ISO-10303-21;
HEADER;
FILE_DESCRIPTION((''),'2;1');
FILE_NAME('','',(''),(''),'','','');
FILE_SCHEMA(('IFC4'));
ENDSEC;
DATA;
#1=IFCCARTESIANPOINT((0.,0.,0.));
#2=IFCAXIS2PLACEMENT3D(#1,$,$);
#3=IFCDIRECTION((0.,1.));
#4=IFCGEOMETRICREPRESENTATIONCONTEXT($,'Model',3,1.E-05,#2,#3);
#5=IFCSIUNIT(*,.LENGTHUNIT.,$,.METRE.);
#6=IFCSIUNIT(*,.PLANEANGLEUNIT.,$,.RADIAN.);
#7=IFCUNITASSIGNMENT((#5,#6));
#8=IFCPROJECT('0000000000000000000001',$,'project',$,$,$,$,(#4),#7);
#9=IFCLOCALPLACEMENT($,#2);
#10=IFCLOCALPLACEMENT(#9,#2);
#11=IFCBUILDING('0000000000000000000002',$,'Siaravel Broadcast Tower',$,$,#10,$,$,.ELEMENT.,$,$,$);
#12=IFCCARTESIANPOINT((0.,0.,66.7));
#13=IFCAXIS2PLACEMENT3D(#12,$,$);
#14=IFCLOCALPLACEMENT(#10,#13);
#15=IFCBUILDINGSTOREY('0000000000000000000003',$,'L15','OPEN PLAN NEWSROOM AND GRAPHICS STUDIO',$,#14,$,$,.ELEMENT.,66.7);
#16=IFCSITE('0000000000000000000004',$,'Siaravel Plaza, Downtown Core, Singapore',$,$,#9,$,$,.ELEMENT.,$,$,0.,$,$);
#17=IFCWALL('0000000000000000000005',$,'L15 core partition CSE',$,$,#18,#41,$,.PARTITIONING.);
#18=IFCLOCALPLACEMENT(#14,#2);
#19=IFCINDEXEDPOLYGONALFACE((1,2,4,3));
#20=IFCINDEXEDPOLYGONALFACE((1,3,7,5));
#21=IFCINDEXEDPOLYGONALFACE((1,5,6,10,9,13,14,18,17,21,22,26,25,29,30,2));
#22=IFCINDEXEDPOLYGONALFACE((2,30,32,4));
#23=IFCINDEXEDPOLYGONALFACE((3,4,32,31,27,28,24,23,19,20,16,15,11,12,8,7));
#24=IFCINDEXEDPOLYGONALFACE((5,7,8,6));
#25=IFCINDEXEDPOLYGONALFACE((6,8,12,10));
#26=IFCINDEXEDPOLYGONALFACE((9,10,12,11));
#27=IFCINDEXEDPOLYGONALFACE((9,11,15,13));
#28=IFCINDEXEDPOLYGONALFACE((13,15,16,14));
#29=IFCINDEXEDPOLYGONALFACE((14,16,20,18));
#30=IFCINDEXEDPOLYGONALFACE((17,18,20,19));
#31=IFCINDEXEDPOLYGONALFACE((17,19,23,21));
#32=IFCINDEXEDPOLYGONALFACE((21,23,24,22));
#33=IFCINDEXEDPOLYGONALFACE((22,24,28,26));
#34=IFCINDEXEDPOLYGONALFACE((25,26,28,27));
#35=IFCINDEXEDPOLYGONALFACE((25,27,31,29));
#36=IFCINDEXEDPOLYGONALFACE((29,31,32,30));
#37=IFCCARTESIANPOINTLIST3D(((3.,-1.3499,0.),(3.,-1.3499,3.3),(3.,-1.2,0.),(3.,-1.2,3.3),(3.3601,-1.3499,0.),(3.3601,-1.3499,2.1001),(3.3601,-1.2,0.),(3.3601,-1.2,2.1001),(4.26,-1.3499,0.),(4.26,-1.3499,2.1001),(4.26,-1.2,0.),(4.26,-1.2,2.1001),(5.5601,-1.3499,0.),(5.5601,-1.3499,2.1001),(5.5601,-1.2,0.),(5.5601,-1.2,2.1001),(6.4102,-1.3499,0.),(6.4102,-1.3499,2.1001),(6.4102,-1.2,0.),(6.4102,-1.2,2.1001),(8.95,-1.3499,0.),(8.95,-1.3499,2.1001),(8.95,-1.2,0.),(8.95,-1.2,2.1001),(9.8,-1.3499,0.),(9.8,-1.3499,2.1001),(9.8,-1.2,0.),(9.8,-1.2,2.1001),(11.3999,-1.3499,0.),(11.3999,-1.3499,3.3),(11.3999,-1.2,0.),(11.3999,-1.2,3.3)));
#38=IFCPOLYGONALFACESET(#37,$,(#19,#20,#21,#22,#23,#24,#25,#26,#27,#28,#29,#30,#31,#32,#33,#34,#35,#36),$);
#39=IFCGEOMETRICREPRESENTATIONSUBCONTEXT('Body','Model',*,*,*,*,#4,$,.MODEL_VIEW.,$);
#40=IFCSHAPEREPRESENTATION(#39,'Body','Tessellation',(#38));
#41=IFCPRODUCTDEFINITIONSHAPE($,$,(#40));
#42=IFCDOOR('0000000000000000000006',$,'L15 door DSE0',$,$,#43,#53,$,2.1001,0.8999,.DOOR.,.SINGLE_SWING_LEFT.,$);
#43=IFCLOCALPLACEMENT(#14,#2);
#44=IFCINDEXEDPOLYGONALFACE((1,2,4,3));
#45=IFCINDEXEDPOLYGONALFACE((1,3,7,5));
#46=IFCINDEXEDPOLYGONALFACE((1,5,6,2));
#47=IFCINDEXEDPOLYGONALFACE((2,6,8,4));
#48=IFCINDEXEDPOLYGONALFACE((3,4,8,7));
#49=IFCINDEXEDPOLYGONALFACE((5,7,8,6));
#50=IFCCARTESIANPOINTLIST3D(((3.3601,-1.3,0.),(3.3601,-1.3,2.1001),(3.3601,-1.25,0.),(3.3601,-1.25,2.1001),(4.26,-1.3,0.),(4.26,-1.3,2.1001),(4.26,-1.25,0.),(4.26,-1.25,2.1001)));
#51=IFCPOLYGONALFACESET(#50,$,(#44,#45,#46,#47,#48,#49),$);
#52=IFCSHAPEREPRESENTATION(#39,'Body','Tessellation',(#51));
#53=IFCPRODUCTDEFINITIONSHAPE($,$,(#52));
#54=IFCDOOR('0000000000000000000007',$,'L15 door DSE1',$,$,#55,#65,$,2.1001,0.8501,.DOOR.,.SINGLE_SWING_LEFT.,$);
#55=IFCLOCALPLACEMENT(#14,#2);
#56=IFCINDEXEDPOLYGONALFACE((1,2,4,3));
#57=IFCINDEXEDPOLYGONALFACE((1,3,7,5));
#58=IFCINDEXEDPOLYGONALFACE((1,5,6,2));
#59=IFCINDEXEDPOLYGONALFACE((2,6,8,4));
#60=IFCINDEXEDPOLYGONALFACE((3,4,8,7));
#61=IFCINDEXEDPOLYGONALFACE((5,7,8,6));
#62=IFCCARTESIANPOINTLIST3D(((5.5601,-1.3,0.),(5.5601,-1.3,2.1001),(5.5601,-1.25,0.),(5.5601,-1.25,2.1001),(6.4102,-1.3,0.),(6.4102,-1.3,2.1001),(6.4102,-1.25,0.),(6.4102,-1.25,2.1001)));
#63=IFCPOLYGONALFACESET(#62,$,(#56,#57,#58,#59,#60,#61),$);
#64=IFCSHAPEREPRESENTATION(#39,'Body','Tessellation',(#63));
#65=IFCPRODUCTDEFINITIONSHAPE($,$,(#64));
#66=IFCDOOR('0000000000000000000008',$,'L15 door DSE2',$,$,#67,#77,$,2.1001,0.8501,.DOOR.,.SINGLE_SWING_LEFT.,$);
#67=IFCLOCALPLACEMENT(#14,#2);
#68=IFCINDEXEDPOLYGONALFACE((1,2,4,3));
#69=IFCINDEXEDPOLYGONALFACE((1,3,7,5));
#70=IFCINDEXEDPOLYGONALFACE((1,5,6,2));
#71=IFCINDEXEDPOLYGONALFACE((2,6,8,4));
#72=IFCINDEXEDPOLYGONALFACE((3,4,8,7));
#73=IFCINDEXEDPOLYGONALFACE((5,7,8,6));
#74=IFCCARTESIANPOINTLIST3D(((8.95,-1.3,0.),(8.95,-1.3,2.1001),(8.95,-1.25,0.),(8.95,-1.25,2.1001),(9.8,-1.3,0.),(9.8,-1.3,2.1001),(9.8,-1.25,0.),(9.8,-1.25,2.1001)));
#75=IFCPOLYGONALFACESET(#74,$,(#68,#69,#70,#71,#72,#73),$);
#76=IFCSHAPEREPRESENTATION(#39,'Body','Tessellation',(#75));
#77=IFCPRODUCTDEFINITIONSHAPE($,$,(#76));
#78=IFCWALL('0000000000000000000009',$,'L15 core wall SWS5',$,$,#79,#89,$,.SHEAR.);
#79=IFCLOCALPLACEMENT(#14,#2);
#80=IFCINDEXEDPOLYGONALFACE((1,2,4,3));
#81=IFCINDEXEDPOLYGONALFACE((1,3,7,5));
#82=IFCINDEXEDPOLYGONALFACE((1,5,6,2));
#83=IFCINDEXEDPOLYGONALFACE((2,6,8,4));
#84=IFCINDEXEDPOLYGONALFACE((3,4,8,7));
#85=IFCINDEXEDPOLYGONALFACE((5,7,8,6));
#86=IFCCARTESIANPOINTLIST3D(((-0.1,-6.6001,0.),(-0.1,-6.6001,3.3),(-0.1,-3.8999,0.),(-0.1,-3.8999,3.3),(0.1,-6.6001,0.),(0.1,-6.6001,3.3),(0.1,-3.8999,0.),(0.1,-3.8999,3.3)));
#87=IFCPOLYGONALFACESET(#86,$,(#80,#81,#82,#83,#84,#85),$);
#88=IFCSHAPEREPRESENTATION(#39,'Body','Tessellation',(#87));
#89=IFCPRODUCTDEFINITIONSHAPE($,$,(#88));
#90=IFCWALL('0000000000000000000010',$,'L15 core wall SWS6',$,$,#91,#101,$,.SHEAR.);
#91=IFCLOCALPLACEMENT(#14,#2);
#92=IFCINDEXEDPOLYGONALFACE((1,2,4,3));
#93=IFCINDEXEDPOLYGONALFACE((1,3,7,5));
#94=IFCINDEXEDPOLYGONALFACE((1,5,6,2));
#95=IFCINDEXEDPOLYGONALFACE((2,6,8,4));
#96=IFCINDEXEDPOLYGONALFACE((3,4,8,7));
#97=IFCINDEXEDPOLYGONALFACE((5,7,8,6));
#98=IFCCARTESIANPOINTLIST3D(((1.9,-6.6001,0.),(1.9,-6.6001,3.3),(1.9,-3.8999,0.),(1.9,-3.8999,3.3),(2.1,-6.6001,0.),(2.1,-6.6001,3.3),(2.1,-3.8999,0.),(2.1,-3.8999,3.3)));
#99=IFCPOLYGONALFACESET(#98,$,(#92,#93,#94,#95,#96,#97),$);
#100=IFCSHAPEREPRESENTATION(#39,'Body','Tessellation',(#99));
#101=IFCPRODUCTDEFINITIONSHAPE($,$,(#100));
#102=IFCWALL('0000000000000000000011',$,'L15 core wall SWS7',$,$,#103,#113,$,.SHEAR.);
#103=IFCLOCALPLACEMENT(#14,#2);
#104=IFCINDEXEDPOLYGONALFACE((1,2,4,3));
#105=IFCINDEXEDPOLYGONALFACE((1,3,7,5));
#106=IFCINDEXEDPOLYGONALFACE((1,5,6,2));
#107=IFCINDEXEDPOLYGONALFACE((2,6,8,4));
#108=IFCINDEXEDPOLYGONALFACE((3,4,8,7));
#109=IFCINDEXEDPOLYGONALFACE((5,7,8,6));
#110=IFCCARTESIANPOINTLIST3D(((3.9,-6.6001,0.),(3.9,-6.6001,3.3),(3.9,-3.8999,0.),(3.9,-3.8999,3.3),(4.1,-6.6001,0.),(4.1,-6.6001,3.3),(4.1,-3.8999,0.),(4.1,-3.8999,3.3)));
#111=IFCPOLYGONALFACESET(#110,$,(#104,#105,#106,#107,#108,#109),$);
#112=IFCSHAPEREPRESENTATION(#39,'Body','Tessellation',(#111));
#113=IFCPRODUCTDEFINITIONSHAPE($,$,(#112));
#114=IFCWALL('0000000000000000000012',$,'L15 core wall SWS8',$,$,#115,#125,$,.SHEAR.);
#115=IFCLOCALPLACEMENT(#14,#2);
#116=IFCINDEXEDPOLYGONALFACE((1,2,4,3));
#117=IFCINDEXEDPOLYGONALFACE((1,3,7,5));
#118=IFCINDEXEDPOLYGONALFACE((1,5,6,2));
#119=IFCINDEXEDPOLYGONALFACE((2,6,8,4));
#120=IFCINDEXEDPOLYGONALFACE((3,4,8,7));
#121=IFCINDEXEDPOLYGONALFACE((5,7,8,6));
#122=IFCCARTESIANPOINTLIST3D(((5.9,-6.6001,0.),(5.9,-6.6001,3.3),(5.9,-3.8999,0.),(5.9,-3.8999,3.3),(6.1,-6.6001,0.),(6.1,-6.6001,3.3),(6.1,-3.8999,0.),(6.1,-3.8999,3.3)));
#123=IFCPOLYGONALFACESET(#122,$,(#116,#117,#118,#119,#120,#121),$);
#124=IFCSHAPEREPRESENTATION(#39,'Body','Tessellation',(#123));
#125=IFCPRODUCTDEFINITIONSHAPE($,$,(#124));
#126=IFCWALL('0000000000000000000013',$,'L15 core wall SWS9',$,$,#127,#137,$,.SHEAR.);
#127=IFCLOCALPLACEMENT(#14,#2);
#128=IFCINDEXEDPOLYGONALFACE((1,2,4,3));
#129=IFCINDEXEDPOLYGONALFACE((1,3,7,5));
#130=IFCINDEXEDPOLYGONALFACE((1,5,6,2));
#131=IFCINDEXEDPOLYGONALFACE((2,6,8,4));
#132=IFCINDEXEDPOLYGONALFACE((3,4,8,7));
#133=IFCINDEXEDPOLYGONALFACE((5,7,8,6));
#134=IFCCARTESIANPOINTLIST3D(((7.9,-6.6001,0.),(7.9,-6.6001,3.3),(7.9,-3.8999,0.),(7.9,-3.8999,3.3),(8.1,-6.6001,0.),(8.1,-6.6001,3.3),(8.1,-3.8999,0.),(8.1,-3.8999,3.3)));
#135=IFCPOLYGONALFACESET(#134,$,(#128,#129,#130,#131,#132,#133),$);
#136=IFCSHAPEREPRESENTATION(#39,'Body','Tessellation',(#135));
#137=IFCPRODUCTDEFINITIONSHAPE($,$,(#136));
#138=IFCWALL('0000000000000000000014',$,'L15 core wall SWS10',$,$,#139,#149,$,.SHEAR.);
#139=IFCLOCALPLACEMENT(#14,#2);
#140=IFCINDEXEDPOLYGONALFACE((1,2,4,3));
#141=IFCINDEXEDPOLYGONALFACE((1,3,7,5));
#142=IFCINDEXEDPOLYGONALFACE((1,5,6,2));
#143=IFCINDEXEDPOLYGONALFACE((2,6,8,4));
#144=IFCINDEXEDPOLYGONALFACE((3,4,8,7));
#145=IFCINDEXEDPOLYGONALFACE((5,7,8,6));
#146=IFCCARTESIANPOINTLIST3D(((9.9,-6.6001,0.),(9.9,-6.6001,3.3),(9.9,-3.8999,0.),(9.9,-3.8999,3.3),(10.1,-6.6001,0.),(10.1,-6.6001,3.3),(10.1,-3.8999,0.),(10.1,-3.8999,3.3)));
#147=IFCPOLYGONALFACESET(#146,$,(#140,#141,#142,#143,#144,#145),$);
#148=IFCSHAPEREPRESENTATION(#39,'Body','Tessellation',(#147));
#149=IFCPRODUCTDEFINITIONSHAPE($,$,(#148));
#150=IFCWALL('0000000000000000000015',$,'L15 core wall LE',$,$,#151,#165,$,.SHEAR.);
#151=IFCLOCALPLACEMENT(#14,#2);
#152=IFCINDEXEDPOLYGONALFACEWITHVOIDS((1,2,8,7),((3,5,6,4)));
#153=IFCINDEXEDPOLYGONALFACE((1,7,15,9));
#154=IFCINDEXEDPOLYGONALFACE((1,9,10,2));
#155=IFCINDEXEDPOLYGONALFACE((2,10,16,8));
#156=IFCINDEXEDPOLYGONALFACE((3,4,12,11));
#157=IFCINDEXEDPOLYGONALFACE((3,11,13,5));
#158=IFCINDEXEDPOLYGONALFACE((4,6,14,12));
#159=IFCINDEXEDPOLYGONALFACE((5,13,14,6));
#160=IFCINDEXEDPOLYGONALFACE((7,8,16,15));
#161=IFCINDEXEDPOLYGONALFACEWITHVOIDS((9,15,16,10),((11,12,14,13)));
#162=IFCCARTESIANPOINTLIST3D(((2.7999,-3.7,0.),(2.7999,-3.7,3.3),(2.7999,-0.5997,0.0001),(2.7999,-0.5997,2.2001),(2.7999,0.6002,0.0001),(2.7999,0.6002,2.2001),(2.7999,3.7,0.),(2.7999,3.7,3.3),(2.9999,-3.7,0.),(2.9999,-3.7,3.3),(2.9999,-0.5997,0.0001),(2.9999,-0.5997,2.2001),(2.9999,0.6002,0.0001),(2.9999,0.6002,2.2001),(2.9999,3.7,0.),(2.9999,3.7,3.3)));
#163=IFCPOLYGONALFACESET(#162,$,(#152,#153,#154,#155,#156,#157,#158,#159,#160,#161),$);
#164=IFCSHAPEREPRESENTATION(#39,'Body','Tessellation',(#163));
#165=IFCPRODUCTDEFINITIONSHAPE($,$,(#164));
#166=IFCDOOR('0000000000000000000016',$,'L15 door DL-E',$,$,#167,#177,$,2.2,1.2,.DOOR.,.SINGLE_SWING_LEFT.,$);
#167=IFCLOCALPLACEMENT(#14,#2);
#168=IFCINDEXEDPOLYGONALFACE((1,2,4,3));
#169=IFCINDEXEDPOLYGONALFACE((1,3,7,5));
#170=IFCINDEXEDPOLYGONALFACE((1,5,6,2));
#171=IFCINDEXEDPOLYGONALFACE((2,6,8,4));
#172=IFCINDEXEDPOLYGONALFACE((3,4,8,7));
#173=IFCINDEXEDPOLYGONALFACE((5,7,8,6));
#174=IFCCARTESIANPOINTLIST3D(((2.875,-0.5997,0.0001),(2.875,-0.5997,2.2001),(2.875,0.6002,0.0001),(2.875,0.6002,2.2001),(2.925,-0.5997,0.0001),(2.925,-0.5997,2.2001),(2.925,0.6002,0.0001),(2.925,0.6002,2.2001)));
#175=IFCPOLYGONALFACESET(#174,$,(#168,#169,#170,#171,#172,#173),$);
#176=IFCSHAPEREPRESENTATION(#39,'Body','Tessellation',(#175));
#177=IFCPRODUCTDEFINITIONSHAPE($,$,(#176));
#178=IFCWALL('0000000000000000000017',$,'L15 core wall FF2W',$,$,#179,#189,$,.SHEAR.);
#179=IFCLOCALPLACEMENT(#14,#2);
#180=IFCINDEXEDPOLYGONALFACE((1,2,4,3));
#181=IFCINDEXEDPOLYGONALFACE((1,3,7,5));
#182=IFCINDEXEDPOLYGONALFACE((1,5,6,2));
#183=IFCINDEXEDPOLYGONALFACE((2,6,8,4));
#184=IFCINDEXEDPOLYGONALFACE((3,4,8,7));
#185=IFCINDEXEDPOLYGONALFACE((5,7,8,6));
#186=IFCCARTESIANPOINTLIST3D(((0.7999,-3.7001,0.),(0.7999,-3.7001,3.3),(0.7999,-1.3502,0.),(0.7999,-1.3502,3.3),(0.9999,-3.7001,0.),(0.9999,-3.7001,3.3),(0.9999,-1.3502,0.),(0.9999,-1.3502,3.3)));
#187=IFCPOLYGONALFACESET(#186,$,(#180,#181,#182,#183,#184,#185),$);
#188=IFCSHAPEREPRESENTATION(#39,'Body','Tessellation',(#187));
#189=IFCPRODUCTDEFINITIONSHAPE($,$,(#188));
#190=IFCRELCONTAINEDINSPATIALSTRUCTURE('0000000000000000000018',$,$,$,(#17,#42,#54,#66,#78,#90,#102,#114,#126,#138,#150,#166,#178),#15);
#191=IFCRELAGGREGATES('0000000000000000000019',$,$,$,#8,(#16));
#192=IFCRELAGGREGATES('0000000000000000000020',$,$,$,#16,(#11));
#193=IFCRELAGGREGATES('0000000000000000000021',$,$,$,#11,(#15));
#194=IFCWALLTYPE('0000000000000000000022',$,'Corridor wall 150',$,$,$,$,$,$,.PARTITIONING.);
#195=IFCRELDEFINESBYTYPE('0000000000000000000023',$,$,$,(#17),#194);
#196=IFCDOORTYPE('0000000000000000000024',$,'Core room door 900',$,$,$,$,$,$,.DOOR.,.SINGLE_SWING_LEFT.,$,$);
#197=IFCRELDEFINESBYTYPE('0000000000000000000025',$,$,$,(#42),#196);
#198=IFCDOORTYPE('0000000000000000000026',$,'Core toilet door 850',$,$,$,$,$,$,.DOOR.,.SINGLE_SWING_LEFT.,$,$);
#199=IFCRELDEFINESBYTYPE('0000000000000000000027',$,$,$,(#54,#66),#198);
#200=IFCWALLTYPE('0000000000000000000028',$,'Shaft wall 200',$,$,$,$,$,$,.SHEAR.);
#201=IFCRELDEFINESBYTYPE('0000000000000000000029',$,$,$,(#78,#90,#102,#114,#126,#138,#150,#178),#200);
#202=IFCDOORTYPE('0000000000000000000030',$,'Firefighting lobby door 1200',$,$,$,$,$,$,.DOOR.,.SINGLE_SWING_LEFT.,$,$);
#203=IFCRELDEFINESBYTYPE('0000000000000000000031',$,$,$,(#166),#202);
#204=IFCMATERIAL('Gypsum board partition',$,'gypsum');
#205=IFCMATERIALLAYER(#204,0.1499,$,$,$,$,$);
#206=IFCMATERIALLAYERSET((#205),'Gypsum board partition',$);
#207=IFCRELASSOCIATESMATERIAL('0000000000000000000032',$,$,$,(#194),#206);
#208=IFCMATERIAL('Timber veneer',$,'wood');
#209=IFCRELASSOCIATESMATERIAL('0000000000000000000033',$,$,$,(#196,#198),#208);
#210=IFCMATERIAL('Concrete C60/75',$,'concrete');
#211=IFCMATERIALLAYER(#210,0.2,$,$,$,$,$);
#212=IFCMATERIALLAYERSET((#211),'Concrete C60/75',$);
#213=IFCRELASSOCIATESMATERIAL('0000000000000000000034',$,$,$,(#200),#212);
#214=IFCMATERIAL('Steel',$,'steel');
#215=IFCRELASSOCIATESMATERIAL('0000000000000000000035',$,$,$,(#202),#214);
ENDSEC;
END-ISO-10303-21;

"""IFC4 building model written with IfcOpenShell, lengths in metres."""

from ifc_helpers import new_model, si_unit, direction, frame, frame_2d, origin, place, context, subcontext, project, spatial, rectangle, extrude, material, layer, layer_set, type_object, element, fill, save


model = new_model("IFC4")

# Units and contexts
model_context = context("Model", 3, precision=1e-05, world=origin(), true_north=direction((0.0, 1.0)))
body_context = subcontext(model_context, "Body", "Model", "MODEL_VIEW")
ifc_project = project(units=[si_unit("LENGTHUNIT", "METRE"), si_unit("PLANEANGLEUNIT", "RADIAN")], contexts=[model_context])

# Site, building, storey
site_placement = place(None, origin())
site = spatial("IfcSite", under=ifc_project, at=site_placement, Name="Siaravel Plaza, Downtown Core, Singapore", CompositionType="ELEMENT", RefElevation=0.0)
building_placement = place(site_placement, origin())
building = spatial("IfcBuilding", under=site, at=building_placement, Name="Siaravel Broadcast Tower", CompositionType="ELEMENT")
storey_placement = place(building_placement, frame((0.0, 0.0, 66.7)))
storey = spatial("IfcBuildingStorey", under=building, at=storey_placement, Name="L15", Description="OPEN PLAN NEWSROOM AND GRAPHICS STUDIO", CompositionType="ELEMENT", Elevation=66.7)

# Shared definitions
ifc_material_1 = material(Name="Concrete C60/75", Category="concrete")
ifc_material_2 = material(Name="Steel", Category="steel")

# Wall, openings, doors
ifc_material_3 = material(Name="Gypsum board partition", Category="gypsum")
ifc_layer_1 = layer(ifc_material_3, 0.1499)
ifc_layer_set_1 = layer_set([ifc_layer_1], Name="Gypsum board partition")
wall_type_1 = type_object("IfcWallType", Name="Corridor wall 150", PredefinedType="PARTITIONING", material=ifc_layer_set_1)
wall_1_placement = place(storey_placement, frame((3.0, -1.2749, 0.0), z_axis=(0.0, 0.0, 1.0), x_axis=(1.0, 0.0, 0.0)))
wall_1 = element("IfcWall", 1, at=wall_1_placement, inside=storey, type_object=wall_type_1, Name="L15 core partition CSE", PredefinedType="PARTITIONING", context=body_context, shape_type="SweptSolid", body=[
    extrude(rectangle(XDim=8.3999, YDim=0.1499, at=frame_2d((4.2, 0.0))), origin(), (0.0, 0.0, 1.0), 3.3),
])
opening_1_placement = place(wall_1_placement, frame((0.3601, 0.0, 0.0)))
opening_1 = element("IfcOpeningElement", 2, at=opening_1_placement, cuts=wall_1, PredefinedType="OPENING", context=body_context, shape_type="SweptSolid", body=[
    extrude(rectangle(XDim=0.8999, YDim=2.1001, at=frame_2d((0.45, 1.05))), frame((0.0, 0.085, 0.0), z_axis=(0.0, -1.0, 0.0), x_axis=(1.0, 0.0, 0.0)), (0.0, 0.0, 1.0), 0.1699),
])
opening_2_placement = place(wall_1_placement, frame((2.5601, 0.0, 0.0)))
opening_2 = element("IfcOpeningElement", 3, at=opening_2_placement, cuts=wall_1, PredefinedType="OPENING", context=body_context, shape_type="SweptSolid", body=[
    extrude(rectangle(XDim=0.8501, YDim=2.1001, at=frame_2d((0.425, 1.05))), frame((0.0, 0.085, 0.0), z_axis=(0.0, -1.0, 0.0), x_axis=(1.0, 0.0, 0.0)), (0.0, 0.0, 1.0), 0.1699),
])
opening_3_placement = place(wall_1_placement, frame((5.95, 0.0, 0.0)))
opening_3 = element("IfcOpeningElement", 4, at=opening_3_placement, cuts=wall_1, PredefinedType="OPENING", context=body_context, shape_type="SweptSolid", body=[
    extrude(rectangle(XDim=0.8501, YDim=2.1001, at=frame_2d((0.425, 1.05))), frame((0.0, 0.085, 0.0), z_axis=(0.0, -1.0, 0.0), x_axis=(1.0, 0.0, 0.0)), (0.0, 0.0, 1.0), 0.1699),
])
ifc_material_4 = material(Name="Timber veneer", Category="wood")
door_type_1 = type_object("IfcDoorType", Name="Core room door 900", OperationType="SINGLE_SWING_LEFT", PredefinedType="DOOR", material=ifc_material_4)
door_1_placement = place(opening_1_placement, origin())
door_1 = element("IfcDoor", 5, at=door_1_placement, inside=storey, type_object=door_type_1, Name="L15 door DSE0", OperationType="SINGLE_SWING_LEFT", OverallHeight=2.1001, OverallWidth=0.8999, PredefinedType="DOOR", context=body_context, shape_type="SweptSolid", body=[
    extrude(rectangle(XDim=0.8999, YDim=2.1001, at=frame_2d((0.45, 1.05))), frame((0.0, 0.0249, 0.0), z_axis=(0.0, -1.0, 0.0), x_axis=(1.0, 0.0, 0.0)), (0.0, 0.0, 1.0), 0.05),
])
fill(opening_1, door_1)
door_type_2 = type_object("IfcDoorType", Name="Core toilet door 850", OperationType="SINGLE_SWING_LEFT", PredefinedType="DOOR", material=ifc_material_4)
door_2_placement = place(opening_2_placement, origin())
door_2 = element("IfcDoor", 6, at=door_2_placement, inside=storey, type_object=door_type_2, Name="L15 door DSE1", OperationType="SINGLE_SWING_LEFT", OverallHeight=2.1001, OverallWidth=0.8501, PredefinedType="DOOR", context=body_context, shape_type="SweptSolid", body=[
    extrude(rectangle(XDim=0.8501, YDim=2.1001, at=frame_2d((0.425, 1.05))), frame((0.0, 0.0249, 0.0), z_axis=(0.0, -1.0, 0.0), x_axis=(1.0, 0.0, 0.0)), (0.0, 0.0, 1.0), 0.05),
])
fill(opening_2, door_2)
door_3_placement = place(opening_3_placement, origin())
door_3 = element("IfcDoor", 7, at=door_3_placement, inside=storey, type_object=door_type_2, Name="L15 door DSE2", OperationType="SINGLE_SWING_LEFT", OverallHeight=2.1001, OverallWidth=0.8501, PredefinedType="DOOR", context=body_context, shape_type="SweptSolid", body=[
    extrude(rectangle(XDim=0.8501, YDim=2.1001, at=frame_2d((0.425, 1.05))), frame((0.0, 0.0249, 0.0), z_axis=(0.0, -1.0, 0.0), x_axis=(1.0, 0.0, 0.0)), (0.0, 0.0, 1.0), 0.05),
])
fill(opening_3, door_3)

# Walls
ifc_layer_2 = layer(ifc_material_1, 0.2)
ifc_layer_set_2 = layer_set([ifc_layer_2], Name="Concrete C60/75")
wall_type_2 = type_object("IfcWallType", Name="Shaft wall 200", PredefinedType="SHEAR", material=ifc_layer_set_2)
for number, where, z_axis, x_axis, name in (
    (8, (0.0, -6.6001, 0.0), (0.0, 0.0, 1.0), (0.0, 1.0, 0.0), "L15 core wall SWS5"),
    (9, (2.0, -6.6001, 0.0), (0.0, 0.0, 1.0), (0.0, 1.0, 0.0), "L15 core wall SWS6"),
    (10, (4.0, -6.6001, 0.0), (0.0, 0.0, 1.0), (0.0, 1.0, 0.0), "L15 core wall SWS7"),
    (11, (6.0, -6.6001, 0.0), (0.0, 0.0, 1.0), (0.0, 1.0, 0.0), "L15 core wall SWS8"),
    (12, (8.0, -6.6001, 0.0), (0.0, 0.0, 1.0), (0.0, 1.0, 0.0), "L15 core wall SWS9"),
    (13, (10.0, -6.6001, 0.0), (0.0, 0.0, 1.0), (0.0, 1.0, 0.0), "L15 core wall SWS10"),
):
    element("IfcWall", number, at=place(storey_placement, frame(where, z_axis=z_axis, x_axis=x_axis)), inside=storey, type_object=wall_type_2, Name=name, PredefinedType="SHEAR", context=body_context, shape_type="SweptSolid", body=[
        extrude(rectangle(XDim=2.7002, YDim=0.2, at=frame_2d((1.3501, 0.0))), origin(), (0.0, 0.0, 1.0), 3.3),
    ])

# Wall, opening, door
wall_2_placement = place(storey_placement, frame((2.8999, -3.7, 0.0), z_axis=(0.0, 0.0, 1.0), x_axis=(0.0, 1.0, 0.0)))
wall_2 = element("IfcWall", 14, at=wall_2_placement, inside=storey, type_object=wall_type_2, Name="L15 core wall LE", PredefinedType="SHEAR", context=body_context, shape_type="SweptSolid", body=[
    extrude(rectangle(XDim=7.3999, YDim=0.2, at=frame_2d((3.7, 0.0))), origin(), (0.0, 0.0, 1.0), 3.3),
])
opening_4_placement = place(wall_2_placement, frame((3.1001, 0.0, 0.0)))
opening_4 = element("IfcOpeningElement", 15, at=opening_4_placement, cuts=wall_2, PredefinedType="OPENING", context=body_context, shape_type="SweptSolid", body=[
    extrude(rectangle(XDim=1.2, YDim=2.2, at=frame_2d((0.6001, 1.1001))), frame((0.0, 0.1099, 0.0), z_axis=(0.0, -1.0, 0.0), x_axis=(1.0, 0.0, 0.0)), (0.0, 0.0, 1.0), 0.22),
])
door_type_3 = type_object("IfcDoorType", Name="Firefighting lobby door 1200", OperationType="SINGLE_SWING_LEFT", PredefinedType="DOOR", material=ifc_material_2)
door_4_placement = place(opening_4_placement, origin())
door_4 = element("IfcDoor", 16, at=door_4_placement, inside=storey, type_object=door_type_3, Name="L15 door DL-E", OperationType="SINGLE_SWING_LEFT", OverallHeight=2.2, OverallWidth=1.2, PredefinedType="DOOR", context=body_context, shape_type="SweptSolid", body=[
    extrude(rectangle(XDim=1.2, YDim=2.2, at=frame_2d((0.6001, 1.1001))), frame((0.0, 0.0249, 0.0), z_axis=(0.0, -1.0, 0.0), x_axis=(1.0, 0.0, 0.0)), (0.0, 0.0, 1.0), 0.05),
])
fill(opening_4, door_4)

# Wall
wall_3_placement = place(storey_placement, frame((0.8999, -3.7, 0.0), z_axis=(0.0, 0.0, 1.0), x_axis=(0.0, 1.0, 0.0)))
element("IfcWall", 17, at=wall_3_placement, inside=storey, type_object=wall_type_2, Name="L15 core wall FF2W", PredefinedType="SHEAR", context=body_context, shape_type="SweptSolid", body=[
    extrude(rectangle(XDim=2.3499, YDim=0.2, at=frame_2d((1.1748, 0.0))), origin(), (0.0, 0.0, 1.0), 3.3),
])

save(model, "model.ifc")
